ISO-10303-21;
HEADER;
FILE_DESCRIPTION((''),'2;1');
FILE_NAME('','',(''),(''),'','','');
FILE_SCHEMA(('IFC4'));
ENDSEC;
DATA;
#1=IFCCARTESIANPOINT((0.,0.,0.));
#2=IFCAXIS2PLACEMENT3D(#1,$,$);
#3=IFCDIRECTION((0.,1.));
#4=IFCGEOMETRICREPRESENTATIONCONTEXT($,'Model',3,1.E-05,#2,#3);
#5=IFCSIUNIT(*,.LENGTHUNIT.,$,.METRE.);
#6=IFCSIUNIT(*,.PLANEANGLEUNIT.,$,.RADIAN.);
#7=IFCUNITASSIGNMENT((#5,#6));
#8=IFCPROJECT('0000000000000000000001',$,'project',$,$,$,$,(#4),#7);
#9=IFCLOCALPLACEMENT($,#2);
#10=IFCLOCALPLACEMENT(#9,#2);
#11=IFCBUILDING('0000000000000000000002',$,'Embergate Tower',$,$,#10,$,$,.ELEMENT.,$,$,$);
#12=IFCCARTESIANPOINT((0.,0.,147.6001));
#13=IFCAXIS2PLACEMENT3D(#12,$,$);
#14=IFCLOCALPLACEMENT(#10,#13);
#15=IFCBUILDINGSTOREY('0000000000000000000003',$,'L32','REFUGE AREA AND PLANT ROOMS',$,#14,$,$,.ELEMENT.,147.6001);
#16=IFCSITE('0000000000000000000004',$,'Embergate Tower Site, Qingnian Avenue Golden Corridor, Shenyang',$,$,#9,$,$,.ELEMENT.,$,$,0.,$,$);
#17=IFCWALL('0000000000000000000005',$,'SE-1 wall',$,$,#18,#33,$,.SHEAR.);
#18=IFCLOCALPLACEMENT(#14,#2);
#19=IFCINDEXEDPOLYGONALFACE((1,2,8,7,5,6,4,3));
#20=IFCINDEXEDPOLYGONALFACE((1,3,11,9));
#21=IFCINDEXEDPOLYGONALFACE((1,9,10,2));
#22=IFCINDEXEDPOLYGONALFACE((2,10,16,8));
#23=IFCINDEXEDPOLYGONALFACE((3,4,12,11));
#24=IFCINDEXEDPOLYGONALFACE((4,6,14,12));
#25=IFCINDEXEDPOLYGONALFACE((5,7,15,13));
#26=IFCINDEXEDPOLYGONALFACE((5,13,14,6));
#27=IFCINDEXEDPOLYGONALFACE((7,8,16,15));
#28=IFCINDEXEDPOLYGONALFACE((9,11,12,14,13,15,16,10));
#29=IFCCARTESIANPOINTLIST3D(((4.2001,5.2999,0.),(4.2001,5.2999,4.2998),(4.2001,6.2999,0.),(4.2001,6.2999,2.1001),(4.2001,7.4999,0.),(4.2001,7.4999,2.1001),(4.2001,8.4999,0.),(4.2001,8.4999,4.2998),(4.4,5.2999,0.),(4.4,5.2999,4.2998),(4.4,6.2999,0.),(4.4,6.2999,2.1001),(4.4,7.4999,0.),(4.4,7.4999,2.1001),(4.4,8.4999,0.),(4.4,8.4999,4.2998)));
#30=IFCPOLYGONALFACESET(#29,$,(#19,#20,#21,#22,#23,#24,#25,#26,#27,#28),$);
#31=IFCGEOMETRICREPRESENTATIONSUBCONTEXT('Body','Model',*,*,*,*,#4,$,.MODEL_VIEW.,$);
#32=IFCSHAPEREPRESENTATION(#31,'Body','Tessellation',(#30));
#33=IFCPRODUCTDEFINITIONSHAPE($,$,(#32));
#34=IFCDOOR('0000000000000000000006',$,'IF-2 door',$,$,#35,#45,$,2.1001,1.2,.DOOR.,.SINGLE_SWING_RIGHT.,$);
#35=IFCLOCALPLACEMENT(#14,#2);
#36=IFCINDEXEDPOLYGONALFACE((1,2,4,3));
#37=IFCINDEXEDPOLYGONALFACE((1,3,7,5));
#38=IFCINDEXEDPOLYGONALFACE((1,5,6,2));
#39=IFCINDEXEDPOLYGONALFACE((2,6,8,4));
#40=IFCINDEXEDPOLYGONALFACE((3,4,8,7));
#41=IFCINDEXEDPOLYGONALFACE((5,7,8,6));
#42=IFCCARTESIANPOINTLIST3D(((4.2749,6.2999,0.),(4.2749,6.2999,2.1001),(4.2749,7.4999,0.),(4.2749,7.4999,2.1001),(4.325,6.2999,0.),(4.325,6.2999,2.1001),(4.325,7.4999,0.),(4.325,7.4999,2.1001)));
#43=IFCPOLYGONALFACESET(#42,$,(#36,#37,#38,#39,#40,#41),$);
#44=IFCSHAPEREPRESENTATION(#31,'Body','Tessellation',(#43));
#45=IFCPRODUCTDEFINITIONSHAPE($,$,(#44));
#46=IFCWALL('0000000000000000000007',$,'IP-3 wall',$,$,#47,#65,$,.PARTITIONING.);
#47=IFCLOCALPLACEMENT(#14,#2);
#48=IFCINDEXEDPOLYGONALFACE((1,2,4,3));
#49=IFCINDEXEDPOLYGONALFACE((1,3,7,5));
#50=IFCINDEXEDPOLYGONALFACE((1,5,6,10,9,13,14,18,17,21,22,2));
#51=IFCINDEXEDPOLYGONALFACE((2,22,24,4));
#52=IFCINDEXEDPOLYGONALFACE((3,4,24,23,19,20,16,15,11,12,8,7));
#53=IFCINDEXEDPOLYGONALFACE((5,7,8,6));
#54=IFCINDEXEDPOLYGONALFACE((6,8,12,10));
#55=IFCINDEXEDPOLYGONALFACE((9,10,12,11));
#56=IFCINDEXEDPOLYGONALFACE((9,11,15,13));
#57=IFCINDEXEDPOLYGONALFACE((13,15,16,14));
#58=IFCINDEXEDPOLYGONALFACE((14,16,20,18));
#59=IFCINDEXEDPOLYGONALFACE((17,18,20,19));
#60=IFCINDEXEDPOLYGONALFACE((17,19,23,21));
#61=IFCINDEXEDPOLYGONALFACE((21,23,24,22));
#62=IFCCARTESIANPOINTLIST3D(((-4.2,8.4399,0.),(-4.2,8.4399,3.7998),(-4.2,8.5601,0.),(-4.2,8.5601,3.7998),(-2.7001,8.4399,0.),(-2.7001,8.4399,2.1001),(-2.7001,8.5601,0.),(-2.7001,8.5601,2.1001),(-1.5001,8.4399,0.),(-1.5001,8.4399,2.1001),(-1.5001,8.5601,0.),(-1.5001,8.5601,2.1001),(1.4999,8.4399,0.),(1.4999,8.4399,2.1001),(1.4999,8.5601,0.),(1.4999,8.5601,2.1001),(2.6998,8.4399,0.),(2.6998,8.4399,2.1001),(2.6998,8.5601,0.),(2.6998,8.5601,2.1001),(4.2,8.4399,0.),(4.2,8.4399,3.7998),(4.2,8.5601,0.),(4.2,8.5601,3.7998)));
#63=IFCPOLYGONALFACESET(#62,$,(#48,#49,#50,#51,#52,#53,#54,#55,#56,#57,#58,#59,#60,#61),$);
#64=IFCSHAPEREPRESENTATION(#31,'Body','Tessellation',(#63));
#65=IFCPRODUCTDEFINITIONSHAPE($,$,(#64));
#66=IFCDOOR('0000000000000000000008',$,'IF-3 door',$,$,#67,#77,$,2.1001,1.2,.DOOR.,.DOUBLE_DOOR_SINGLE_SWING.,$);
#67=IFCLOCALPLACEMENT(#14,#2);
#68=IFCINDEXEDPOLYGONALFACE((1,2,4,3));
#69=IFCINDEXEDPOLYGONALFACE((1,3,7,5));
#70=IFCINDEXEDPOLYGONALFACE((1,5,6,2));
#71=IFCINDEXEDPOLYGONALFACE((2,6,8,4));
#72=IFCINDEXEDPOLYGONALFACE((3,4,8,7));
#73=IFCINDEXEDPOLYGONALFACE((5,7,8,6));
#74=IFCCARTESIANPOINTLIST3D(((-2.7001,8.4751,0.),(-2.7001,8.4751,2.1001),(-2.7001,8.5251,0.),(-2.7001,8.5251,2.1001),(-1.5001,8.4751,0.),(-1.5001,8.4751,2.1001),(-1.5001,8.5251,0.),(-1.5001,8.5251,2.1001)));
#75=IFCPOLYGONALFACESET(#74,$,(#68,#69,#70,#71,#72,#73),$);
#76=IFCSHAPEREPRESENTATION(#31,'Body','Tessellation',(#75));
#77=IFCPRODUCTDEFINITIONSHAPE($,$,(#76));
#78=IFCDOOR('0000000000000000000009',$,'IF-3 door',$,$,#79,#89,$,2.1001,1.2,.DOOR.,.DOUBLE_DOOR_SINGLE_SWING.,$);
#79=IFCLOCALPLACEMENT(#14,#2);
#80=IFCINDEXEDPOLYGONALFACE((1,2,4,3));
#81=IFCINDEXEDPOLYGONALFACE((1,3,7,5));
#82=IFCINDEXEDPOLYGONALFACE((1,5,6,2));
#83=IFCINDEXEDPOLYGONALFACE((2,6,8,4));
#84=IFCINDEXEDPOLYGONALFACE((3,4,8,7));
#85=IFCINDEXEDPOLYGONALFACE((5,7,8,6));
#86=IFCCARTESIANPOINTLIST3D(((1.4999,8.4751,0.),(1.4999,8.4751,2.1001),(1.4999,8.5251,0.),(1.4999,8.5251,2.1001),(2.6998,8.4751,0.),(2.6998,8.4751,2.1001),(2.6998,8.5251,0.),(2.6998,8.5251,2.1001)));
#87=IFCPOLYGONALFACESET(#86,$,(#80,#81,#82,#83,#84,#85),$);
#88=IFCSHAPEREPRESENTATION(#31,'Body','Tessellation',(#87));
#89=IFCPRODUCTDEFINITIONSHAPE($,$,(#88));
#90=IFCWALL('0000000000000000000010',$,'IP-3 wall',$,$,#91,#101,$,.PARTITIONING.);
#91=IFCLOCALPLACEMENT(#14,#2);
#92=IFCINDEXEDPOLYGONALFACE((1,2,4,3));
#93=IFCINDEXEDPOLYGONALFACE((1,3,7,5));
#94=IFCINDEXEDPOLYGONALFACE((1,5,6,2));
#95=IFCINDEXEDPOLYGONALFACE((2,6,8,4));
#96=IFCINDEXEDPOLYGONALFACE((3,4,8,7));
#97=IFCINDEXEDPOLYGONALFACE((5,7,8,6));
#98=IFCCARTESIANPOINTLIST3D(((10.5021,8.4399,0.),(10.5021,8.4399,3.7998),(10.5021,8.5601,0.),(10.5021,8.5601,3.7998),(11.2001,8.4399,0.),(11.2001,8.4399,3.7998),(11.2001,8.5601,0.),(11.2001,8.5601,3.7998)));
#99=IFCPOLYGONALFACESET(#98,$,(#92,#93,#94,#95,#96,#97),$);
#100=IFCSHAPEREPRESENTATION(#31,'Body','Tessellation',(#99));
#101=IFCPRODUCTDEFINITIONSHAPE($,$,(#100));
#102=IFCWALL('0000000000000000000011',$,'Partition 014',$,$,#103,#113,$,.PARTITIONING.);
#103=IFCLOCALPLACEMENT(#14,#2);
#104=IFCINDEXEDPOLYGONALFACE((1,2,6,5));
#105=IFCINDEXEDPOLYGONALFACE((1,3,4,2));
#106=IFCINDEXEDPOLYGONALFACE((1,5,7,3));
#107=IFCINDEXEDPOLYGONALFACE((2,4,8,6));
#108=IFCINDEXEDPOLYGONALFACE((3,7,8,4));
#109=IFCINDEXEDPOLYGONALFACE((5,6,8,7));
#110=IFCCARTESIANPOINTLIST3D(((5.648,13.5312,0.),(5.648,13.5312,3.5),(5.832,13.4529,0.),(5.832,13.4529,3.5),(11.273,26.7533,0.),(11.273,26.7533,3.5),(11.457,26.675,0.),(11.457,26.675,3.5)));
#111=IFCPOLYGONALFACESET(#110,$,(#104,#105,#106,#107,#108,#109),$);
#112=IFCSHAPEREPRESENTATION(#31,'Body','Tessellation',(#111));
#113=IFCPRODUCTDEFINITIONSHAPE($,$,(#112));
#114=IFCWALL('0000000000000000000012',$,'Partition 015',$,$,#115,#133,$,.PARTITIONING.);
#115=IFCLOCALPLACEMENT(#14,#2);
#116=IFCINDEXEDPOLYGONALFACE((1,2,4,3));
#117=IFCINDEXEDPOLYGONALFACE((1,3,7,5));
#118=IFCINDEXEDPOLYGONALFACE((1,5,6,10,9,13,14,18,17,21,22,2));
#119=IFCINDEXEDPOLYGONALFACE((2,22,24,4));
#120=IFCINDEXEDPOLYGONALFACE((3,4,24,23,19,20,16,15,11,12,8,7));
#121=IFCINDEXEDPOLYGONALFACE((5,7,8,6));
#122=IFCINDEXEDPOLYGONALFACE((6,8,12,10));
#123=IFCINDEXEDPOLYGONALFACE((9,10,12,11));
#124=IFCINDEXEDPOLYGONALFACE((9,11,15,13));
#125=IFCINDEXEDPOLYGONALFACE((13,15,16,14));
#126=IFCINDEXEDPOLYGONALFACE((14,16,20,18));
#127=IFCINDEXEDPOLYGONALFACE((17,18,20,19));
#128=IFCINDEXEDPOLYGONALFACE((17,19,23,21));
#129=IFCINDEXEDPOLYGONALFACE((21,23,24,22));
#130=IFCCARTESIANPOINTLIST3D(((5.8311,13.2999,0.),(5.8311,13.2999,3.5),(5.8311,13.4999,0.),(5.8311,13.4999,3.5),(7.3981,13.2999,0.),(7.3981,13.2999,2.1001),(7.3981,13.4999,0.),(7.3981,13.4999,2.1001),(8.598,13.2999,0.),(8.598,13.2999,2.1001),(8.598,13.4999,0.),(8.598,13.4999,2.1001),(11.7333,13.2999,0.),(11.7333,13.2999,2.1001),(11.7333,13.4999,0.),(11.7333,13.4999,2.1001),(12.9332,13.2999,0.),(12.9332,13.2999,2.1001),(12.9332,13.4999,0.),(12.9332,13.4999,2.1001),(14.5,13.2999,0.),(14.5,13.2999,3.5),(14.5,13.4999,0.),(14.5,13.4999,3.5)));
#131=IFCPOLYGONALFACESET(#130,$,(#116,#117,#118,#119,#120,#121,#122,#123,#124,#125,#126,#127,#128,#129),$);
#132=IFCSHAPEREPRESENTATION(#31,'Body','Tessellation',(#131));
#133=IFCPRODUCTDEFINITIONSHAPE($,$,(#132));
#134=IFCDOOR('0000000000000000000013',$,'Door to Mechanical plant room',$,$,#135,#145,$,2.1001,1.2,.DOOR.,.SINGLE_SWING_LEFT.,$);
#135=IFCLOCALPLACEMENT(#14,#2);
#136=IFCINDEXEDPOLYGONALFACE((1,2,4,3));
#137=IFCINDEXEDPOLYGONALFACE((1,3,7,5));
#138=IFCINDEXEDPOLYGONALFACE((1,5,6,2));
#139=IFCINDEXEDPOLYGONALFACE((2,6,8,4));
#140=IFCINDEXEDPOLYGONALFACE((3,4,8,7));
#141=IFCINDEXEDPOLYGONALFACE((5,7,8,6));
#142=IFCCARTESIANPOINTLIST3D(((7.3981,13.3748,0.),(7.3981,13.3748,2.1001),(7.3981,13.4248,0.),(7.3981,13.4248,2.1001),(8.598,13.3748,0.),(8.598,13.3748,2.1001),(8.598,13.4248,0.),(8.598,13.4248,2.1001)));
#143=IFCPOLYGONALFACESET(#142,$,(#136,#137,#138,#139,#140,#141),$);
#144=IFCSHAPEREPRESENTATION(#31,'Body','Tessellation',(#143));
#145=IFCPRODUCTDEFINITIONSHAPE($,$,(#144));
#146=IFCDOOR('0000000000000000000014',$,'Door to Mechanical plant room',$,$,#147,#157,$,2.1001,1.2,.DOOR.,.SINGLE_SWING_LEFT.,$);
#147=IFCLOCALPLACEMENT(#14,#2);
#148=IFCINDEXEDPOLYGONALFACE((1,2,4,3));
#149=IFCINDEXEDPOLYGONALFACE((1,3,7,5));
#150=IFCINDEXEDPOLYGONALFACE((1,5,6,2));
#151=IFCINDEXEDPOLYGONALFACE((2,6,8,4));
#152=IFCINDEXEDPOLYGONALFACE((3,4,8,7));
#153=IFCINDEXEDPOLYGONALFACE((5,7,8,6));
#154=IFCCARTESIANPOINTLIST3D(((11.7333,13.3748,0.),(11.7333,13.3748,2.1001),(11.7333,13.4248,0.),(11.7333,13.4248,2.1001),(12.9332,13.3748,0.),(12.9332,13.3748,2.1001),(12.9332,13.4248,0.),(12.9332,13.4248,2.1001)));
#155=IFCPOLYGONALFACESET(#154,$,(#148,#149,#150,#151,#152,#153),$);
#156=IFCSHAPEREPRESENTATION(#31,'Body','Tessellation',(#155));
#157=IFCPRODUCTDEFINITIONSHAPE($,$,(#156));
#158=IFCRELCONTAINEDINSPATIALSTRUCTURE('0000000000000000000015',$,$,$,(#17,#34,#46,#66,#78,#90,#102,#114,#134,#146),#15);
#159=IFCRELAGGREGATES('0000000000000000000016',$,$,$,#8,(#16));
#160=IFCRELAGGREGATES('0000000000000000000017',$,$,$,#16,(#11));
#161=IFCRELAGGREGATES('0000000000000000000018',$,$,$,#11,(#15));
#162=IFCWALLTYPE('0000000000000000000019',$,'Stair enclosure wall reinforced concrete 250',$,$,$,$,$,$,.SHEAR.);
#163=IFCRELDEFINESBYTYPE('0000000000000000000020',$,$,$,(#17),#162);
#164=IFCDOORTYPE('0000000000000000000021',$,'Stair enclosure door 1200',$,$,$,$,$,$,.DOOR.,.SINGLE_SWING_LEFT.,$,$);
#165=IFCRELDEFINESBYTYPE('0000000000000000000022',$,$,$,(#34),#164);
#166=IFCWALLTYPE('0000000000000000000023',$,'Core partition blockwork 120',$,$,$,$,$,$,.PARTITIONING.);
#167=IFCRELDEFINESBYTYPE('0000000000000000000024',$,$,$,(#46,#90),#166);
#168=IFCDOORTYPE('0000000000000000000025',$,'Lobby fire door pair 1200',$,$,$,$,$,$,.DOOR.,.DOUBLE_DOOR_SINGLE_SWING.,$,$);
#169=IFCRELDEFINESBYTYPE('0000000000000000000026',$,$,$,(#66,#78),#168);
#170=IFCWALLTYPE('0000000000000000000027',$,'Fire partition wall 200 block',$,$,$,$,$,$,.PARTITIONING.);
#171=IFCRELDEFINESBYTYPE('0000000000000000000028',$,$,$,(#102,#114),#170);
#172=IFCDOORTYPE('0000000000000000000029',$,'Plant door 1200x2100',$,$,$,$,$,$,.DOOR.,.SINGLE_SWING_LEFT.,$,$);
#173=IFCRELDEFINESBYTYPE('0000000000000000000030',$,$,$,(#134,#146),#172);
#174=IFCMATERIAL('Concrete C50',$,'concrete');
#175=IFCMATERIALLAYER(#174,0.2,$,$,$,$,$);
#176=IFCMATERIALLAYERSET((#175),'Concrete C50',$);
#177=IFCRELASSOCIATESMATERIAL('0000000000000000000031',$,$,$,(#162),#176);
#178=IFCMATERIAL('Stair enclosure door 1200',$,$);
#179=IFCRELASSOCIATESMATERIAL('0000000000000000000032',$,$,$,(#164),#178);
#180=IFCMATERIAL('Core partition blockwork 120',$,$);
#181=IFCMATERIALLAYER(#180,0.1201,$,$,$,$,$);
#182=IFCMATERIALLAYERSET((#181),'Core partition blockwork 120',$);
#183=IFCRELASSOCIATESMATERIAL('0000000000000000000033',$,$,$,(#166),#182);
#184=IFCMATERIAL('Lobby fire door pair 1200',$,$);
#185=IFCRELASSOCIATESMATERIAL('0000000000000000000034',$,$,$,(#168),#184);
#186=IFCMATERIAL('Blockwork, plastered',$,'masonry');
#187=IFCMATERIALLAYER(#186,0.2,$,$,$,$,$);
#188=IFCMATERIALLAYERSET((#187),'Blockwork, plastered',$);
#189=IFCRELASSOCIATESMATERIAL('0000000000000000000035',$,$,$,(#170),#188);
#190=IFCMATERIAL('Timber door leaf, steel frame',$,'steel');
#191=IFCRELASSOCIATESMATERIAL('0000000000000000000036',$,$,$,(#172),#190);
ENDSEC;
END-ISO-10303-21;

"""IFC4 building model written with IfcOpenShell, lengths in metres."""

from ifc_helpers import new_model, si_unit, direction, frame, frame_2d, origin, place, context, subcontext, project, spatial, rectangle, extrude, source, transform, mapped, material, layer, layer_set, type_object, element, fill, save


model = new_model("IFC4")

# Units and contexts
model_context = context("Model", 3, precision=1e-05, world=origin(), true_north=direction((0.0, 1.0)))
body_context = subcontext(model_context, "Body", "Model", "MODEL_VIEW")
ifc_project = project(units=[si_unit("LENGTHUNIT", "METRE"), si_unit("PLANEANGLEUNIT", "RADIAN")], contexts=[model_context])

# Site, building, storey
site_placement = place(None, origin())
site = spatial("IfcSite", under=ifc_project, at=site_placement, Name="Embergate Tower Site, Qingnian Avenue Golden Corridor, Shenyang", CompositionType="ELEMENT", RefElevation=0.0)
building_placement = place(site_placement, origin())
building = spatial("IfcBuilding", under=site, at=building_placement, Name="Embergate Tower", CompositionType="ELEMENT")
storey_placement = place(building_placement, frame((0.0, 0.0, 147.6001)))
storey = spatial("IfcBuildingStorey", under=building, at=storey_placement, Name="L32", Description="REFUGE AREA AND PLANT ROOMS", CompositionType="ELEMENT", Elevation=147.6001)

# Shared definitions
ifc_material_1 = material(Name="Concrete C50", Category="concrete")
ifc_layer_1 = layer(ifc_material_1, 0.2)
ifc_layer_set_1 = layer_set([ifc_layer_1], Name="Concrete C50")
wall_type_1 = type_object("IfcWallType", Name="Stair enclosure wall reinforced concrete 250", PredefinedType="SHEAR", material=ifc_layer_set_1)

# Wall, opening, door
shared_shape_1 = source(origin(), body_context, "Body", "SweptSolid", [
    extrude(rectangle(XDim=3.2, YDim=0.2, at=frame_2d((1.6001, 0.0))), origin(), (0.0, 0.0, 1.0), 4.2998),
])
wall_1_placement = place(storey_placement, frame((4.3, 8.5, 0.0), z_axis=(0.0, 0.0, 1.0), x_axis=(0.0, -1.0, 0.0)))
wall_1 = element("IfcWall", 1, at=wall_1_placement, inside=storey, type_object=wall_type_1, Name="SE-1 wall", PredefinedType="SHEAR", context=body_context, shape_type="MappedRepresentation", body=[
    mapped(shared_shape_1, transform((0.0, 0.0, 0.0))),
])
shared_shape_2 = source(origin(), body_context, "Body", "SweptSolid", [
    extrude(rectangle(XDim=1.2, YDim=2.1001, at=frame_2d((0.6001, 1.05))), frame((0.0, 0.1099, 0.0), z_axis=(0.0, -1.0, 0.0), x_axis=(1.0, 0.0, 0.0)), (0.0, 0.0, 1.0), 0.22),
])
opening_1_placement = place(wall_1_placement, frame((1.0, 0.0, 0.0)))
opening_1 = element("IfcOpeningElement", 2, at=opening_1_placement, cuts=wall_1, PredefinedType="OPENING", context=body_context, shape_type="MappedRepresentation", body=[
    mapped(shared_shape_2, transform((0.0, 0.0, 0.0))),
])
ifc_material_2 = material(Name="Stair enclosure door 1200")
door_type_1 = type_object("IfcDoorType", Name="Stair enclosure door 1200", OperationType="SINGLE_SWING_LEFT", PredefinedType="DOOR", material=ifc_material_2)
shared_shape_3 = source(origin(), body_context, "Body", "SweptSolid", [
    extrude(rectangle(XDim=1.2, YDim=2.1001, at=frame_2d((0.6001, 1.05))), frame((0.0, 0.0249, 0.0), z_axis=(0.0, -1.0, 0.0), x_axis=(1.0, 0.0, 0.0)), (0.0, 0.0, 1.0), 0.05),
])
door_1_placement = place(opening_1_placement, origin())
door_1 = element("IfcDoor", 3, at=door_1_placement, inside=storey, type_object=door_type_1, Name="IF-2 door", OperationType="SINGLE_SWING_RIGHT", OverallHeight=2.1001, OverallWidth=1.2, PredefinedType="DOOR", context=body_context, shape_type="MappedRepresentation", body=[
    mapped(shared_shape_3, transform((0.0, 0.0, 0.0))),
])
fill(opening_1, door_1)

# Wall, openings, doors
ifc_material_3 = material(Name="Core partition blockwork 120")
ifc_layer_2 = layer(ifc_material_3, 0.1201)
ifc_layer_set_2 = layer_set([ifc_layer_2], Name="Core partition blockwork 120")
wall_type_2 = type_object("IfcWallType", Name="Core partition blockwork 120", PredefinedType="PARTITIONING", material=ifc_layer_set_2)
shared_shape_4 = source(origin(), body_context, "Body", "SweptSolid", [
    extrude(rectangle(XDim=8.3999, YDim=0.1201, at=frame_2d((4.2, 0.0))), origin(), (0.0, 0.0, 1.0), 3.7998),
])
wall_2_placement = place(storey_placement, frame((4.2, 8.5, 0.0), z_axis=(0.0, 0.0, 1.0), x_axis=(-1.0, 0.0, 0.0)))
wall_2 = element("IfcWall", 4, at=wall_2_placement, inside=storey, type_object=wall_type_2, Name="IP-3 wall", PredefinedType="PARTITIONING", context=body_context, shape_type="MappedRepresentation", body=[
    mapped(shared_shape_4, transform((0.0, 0.0, 0.0))),
])
shared_shape_5 = source(origin(), body_context, "Body", "SweptSolid", [
    extrude(rectangle(XDim=1.2, YDim=2.1001, at=frame_2d((0.6001, 1.05))), frame((0.0, 0.0701, 0.0), z_axis=(0.0, -1.0, 0.0), x_axis=(1.0, 0.0, 0.0)), (0.0, 0.0, 1.0), 0.1401),
])
opening_2_placement = place(wall_2_placement, frame((5.7, 0.0, 0.0)))
opening_2 = element("IfcOpeningElement", 5, at=opening_2_placement, cuts=wall_2, PredefinedType="OPENING", context=body_context, shape_type="MappedRepresentation", body=[
    mapped(shared_shape_5, transform((0.0, 0.0, 0.0))),
])
opening_3_placement = place(wall_2_placement, frame((1.5, 0.0, 0.0)))
opening_3 = element("IfcOpeningElement", 6, at=opening_3_placement, cuts=wall_2, PredefinedType="OPENING", context=body_context, shape_type="MappedRepresentation", body=[
    mapped(shared_shape_5, transform((0.0, 0.0, 0.0))),
])
ifc_material_4 = material(Name="Lobby fire door pair 1200")
door_type_2 = type_object("IfcDoorType", Name="Lobby fire door pair 1200", OperationType="DOUBLE_DOOR_SINGLE_SWING", PredefinedType="DOOR", material=ifc_material_4)
door_2_placement = place(opening_2_placement, origin())
door_2 = element("IfcDoor", 7, at=door_2_placement, inside=storey, type_object=door_type_2, Name="IF-3 door", OperationType="DOUBLE_DOOR_SINGLE_SWING", OverallHeight=2.1001, OverallWidth=1.2, PredefinedType="DOOR", context=body_context, shape_type="MappedRepresentation", body=[
    mapped(shared_shape_3, transform((0.0, 0.0, 0.0))),
])
fill(opening_2, door_2)
door_3_placement = place(opening_3_placement, origin())
door_3 = element("IfcDoor", 8, at=door_3_placement, inside=storey, type_object=door_type_2, Name="IF-3 door", OperationType="DOUBLE_DOOR_SINGLE_SWING", OverallHeight=2.1001, OverallWidth=1.2, PredefinedType="DOOR", context=body_context, shape_type="MappedRepresentation", body=[
    mapped(shared_shape_3, transform((0.0, 0.0, 0.0))),
])
fill(opening_3, door_3)

# Walls
shared_shape_6 = source(origin(), body_context, "Body", "SweptSolid", [
    extrude(rectangle(XDim=0.698, YDim=0.1201, at=frame_2d((0.3491, 0.0))), origin(), (0.0, 0.0, 1.0), 3.7998),
])
wall_3_placement = place(storey_placement, frame((10.502, 8.5, 0.0), z_axis=(0.0, 0.0, 1.0), x_axis=(1.0, 0.0, 0.0)))
element("IfcWall", 9, at=wall_3_placement, inside=storey, type_object=wall_type_2, Name="IP-3 wall", PredefinedType="PARTITIONING", context=body_context, shape_type="MappedRepresentation", body=[
    mapped(shared_shape_6, transform((0.0, 0.0, 0.0))),
])
ifc_material_5 = material(Name="Blockwork, plastered", Category="masonry")
ifc_layer_3 = layer(ifc_material_5, 0.2)
ifc_layer_set_3 = layer_set([ifc_layer_3], Name="Blockwork, plastered")
wall_type_3 = type_object("IfcWallType", Name="Fire partition wall 200 block", PredefinedType="PARTITIONING", material=ifc_layer_set_3)
shared_shape_7 = source(origin(), body_context, "Body", "SweptSolid", [
    extrude(rectangle(XDim=14.3689, YDim=0.2, at=frame_2d((7.1846, 0.0))), origin(), (0.0, 0.0, 1.0), 3.5),
])
wall_4_placement = place(storey_placement, frame((5.74, 13.4919, 0.0), z_axis=(0.0, 0.0, 1.0), x_axis=(0.391469, 0.920191, 0.0)))
element("IfcWall", 10, at=wall_4_placement, inside=storey, type_object=wall_type_3, Name="Partition 014", PredefinedType="PARTITIONING", context=body_context, shape_type="MappedRepresentation", body=[
    mapped(shared_shape_7, transform((0.0, 0.0, 0.0))),
])

# Wall, openings, doors
shared_shape_8 = source(origin(), body_context, "Body", "SweptSolid", [
    extrude(rectangle(XDim=8.6689, YDim=0.2, at=frame_2d((4.3345, 0.0))), origin(), (0.0, 0.0, 1.0), 3.5),
])
wall_5_placement = place(storey_placement, frame((5.8311, 13.3999, 0.0), z_axis=(0.0, 0.0, 1.0), x_axis=(1.0, 0.0, 0.0)))
wall_5 = element("IfcWall", 11, at=wall_5_placement, inside=storey, type_object=wall_type_3, Name="Partition 015", PredefinedType="PARTITIONING", context=body_context, shape_type="MappedRepresentation", body=[
    mapped(shared_shape_8, transform((0.0, 0.0, 0.0))),
])
opening_4_placement = place(wall_5_placement, frame((1.5669, 0.0, 0.0)))
opening_4 = element("IfcOpeningElement", 12, at=opening_4_placement, cuts=wall_5, PredefinedType="OPENING", context=body_context, shape_type="MappedRepresentation", body=[
    mapped(shared_shape_2, transform((0.0, 0.0, 0.0))),
])
opening_5_placement = place(wall_5_placement, frame((5.9021, 0.0, 0.0)))
opening_5 = element("IfcOpeningElement", 13, at=opening_5_placement, cuts=wall_5, PredefinedType="OPENING", context=body_context, shape_type="MappedRepresentation", body=[
    mapped(shared_shape_2, transform((0.0, 0.0, 0.0))),
])
ifc_material_6 = material(Name="Timber door leaf, steel frame", Category="steel")
door_type_3 = type_object("IfcDoorType", Name="Plant door 1200x2100", OperationType="SINGLE_SWING_LEFT", PredefinedType="DOOR", material=ifc_material_6)
shared_shape_9 = source(origin(), body_context, "Body", "SweptSolid", [
    extrude(rectangle(XDim=1.2, YDim=2.1001, at=frame_2d((0.6001, 1.05))), frame((0.0, 0.0249, 0.0), z_axis=(0.0, -1.0, 0.0), x_axis=(1.0, 0.0, 0.0)), (0.0, 0.0, 1.0), 0.05),
])
door_4_placement = place(opening_4_placement, origin())
door_4 = element("IfcDoor", 14, at=door_4_placement, inside=storey, type_object=door_type_3, Name="Door to Mechanical plant room", OperationType="SINGLE_SWING_LEFT", OverallHeight=2.1001, OverallWidth=1.2, PredefinedType="DOOR", context=body_context, shape_type="MappedRepresentation", body=[
    mapped(shared_shape_9, transform((0.0, 0.0, 0.0))),
])
fill(opening_4, door_4)
door_5_placement = place(opening_5_placement, origin())
door_5 = element("IfcDoor", 15, at=door_5_placement, inside=storey, type_object=door_type_3, Name="Door to Mechanical plant room", OperationType="SINGLE_SWING_LEFT", OverallHeight=2.1001, OverallWidth=1.2, PredefinedType="DOOR", context=body_context, shape_type="MappedRepresentation", body=[
    mapped(shared_shape_9, transform((0.0, 0.0, 0.0))),
])
fill(opening_5, door_5)

save(model, "model.ifc")
